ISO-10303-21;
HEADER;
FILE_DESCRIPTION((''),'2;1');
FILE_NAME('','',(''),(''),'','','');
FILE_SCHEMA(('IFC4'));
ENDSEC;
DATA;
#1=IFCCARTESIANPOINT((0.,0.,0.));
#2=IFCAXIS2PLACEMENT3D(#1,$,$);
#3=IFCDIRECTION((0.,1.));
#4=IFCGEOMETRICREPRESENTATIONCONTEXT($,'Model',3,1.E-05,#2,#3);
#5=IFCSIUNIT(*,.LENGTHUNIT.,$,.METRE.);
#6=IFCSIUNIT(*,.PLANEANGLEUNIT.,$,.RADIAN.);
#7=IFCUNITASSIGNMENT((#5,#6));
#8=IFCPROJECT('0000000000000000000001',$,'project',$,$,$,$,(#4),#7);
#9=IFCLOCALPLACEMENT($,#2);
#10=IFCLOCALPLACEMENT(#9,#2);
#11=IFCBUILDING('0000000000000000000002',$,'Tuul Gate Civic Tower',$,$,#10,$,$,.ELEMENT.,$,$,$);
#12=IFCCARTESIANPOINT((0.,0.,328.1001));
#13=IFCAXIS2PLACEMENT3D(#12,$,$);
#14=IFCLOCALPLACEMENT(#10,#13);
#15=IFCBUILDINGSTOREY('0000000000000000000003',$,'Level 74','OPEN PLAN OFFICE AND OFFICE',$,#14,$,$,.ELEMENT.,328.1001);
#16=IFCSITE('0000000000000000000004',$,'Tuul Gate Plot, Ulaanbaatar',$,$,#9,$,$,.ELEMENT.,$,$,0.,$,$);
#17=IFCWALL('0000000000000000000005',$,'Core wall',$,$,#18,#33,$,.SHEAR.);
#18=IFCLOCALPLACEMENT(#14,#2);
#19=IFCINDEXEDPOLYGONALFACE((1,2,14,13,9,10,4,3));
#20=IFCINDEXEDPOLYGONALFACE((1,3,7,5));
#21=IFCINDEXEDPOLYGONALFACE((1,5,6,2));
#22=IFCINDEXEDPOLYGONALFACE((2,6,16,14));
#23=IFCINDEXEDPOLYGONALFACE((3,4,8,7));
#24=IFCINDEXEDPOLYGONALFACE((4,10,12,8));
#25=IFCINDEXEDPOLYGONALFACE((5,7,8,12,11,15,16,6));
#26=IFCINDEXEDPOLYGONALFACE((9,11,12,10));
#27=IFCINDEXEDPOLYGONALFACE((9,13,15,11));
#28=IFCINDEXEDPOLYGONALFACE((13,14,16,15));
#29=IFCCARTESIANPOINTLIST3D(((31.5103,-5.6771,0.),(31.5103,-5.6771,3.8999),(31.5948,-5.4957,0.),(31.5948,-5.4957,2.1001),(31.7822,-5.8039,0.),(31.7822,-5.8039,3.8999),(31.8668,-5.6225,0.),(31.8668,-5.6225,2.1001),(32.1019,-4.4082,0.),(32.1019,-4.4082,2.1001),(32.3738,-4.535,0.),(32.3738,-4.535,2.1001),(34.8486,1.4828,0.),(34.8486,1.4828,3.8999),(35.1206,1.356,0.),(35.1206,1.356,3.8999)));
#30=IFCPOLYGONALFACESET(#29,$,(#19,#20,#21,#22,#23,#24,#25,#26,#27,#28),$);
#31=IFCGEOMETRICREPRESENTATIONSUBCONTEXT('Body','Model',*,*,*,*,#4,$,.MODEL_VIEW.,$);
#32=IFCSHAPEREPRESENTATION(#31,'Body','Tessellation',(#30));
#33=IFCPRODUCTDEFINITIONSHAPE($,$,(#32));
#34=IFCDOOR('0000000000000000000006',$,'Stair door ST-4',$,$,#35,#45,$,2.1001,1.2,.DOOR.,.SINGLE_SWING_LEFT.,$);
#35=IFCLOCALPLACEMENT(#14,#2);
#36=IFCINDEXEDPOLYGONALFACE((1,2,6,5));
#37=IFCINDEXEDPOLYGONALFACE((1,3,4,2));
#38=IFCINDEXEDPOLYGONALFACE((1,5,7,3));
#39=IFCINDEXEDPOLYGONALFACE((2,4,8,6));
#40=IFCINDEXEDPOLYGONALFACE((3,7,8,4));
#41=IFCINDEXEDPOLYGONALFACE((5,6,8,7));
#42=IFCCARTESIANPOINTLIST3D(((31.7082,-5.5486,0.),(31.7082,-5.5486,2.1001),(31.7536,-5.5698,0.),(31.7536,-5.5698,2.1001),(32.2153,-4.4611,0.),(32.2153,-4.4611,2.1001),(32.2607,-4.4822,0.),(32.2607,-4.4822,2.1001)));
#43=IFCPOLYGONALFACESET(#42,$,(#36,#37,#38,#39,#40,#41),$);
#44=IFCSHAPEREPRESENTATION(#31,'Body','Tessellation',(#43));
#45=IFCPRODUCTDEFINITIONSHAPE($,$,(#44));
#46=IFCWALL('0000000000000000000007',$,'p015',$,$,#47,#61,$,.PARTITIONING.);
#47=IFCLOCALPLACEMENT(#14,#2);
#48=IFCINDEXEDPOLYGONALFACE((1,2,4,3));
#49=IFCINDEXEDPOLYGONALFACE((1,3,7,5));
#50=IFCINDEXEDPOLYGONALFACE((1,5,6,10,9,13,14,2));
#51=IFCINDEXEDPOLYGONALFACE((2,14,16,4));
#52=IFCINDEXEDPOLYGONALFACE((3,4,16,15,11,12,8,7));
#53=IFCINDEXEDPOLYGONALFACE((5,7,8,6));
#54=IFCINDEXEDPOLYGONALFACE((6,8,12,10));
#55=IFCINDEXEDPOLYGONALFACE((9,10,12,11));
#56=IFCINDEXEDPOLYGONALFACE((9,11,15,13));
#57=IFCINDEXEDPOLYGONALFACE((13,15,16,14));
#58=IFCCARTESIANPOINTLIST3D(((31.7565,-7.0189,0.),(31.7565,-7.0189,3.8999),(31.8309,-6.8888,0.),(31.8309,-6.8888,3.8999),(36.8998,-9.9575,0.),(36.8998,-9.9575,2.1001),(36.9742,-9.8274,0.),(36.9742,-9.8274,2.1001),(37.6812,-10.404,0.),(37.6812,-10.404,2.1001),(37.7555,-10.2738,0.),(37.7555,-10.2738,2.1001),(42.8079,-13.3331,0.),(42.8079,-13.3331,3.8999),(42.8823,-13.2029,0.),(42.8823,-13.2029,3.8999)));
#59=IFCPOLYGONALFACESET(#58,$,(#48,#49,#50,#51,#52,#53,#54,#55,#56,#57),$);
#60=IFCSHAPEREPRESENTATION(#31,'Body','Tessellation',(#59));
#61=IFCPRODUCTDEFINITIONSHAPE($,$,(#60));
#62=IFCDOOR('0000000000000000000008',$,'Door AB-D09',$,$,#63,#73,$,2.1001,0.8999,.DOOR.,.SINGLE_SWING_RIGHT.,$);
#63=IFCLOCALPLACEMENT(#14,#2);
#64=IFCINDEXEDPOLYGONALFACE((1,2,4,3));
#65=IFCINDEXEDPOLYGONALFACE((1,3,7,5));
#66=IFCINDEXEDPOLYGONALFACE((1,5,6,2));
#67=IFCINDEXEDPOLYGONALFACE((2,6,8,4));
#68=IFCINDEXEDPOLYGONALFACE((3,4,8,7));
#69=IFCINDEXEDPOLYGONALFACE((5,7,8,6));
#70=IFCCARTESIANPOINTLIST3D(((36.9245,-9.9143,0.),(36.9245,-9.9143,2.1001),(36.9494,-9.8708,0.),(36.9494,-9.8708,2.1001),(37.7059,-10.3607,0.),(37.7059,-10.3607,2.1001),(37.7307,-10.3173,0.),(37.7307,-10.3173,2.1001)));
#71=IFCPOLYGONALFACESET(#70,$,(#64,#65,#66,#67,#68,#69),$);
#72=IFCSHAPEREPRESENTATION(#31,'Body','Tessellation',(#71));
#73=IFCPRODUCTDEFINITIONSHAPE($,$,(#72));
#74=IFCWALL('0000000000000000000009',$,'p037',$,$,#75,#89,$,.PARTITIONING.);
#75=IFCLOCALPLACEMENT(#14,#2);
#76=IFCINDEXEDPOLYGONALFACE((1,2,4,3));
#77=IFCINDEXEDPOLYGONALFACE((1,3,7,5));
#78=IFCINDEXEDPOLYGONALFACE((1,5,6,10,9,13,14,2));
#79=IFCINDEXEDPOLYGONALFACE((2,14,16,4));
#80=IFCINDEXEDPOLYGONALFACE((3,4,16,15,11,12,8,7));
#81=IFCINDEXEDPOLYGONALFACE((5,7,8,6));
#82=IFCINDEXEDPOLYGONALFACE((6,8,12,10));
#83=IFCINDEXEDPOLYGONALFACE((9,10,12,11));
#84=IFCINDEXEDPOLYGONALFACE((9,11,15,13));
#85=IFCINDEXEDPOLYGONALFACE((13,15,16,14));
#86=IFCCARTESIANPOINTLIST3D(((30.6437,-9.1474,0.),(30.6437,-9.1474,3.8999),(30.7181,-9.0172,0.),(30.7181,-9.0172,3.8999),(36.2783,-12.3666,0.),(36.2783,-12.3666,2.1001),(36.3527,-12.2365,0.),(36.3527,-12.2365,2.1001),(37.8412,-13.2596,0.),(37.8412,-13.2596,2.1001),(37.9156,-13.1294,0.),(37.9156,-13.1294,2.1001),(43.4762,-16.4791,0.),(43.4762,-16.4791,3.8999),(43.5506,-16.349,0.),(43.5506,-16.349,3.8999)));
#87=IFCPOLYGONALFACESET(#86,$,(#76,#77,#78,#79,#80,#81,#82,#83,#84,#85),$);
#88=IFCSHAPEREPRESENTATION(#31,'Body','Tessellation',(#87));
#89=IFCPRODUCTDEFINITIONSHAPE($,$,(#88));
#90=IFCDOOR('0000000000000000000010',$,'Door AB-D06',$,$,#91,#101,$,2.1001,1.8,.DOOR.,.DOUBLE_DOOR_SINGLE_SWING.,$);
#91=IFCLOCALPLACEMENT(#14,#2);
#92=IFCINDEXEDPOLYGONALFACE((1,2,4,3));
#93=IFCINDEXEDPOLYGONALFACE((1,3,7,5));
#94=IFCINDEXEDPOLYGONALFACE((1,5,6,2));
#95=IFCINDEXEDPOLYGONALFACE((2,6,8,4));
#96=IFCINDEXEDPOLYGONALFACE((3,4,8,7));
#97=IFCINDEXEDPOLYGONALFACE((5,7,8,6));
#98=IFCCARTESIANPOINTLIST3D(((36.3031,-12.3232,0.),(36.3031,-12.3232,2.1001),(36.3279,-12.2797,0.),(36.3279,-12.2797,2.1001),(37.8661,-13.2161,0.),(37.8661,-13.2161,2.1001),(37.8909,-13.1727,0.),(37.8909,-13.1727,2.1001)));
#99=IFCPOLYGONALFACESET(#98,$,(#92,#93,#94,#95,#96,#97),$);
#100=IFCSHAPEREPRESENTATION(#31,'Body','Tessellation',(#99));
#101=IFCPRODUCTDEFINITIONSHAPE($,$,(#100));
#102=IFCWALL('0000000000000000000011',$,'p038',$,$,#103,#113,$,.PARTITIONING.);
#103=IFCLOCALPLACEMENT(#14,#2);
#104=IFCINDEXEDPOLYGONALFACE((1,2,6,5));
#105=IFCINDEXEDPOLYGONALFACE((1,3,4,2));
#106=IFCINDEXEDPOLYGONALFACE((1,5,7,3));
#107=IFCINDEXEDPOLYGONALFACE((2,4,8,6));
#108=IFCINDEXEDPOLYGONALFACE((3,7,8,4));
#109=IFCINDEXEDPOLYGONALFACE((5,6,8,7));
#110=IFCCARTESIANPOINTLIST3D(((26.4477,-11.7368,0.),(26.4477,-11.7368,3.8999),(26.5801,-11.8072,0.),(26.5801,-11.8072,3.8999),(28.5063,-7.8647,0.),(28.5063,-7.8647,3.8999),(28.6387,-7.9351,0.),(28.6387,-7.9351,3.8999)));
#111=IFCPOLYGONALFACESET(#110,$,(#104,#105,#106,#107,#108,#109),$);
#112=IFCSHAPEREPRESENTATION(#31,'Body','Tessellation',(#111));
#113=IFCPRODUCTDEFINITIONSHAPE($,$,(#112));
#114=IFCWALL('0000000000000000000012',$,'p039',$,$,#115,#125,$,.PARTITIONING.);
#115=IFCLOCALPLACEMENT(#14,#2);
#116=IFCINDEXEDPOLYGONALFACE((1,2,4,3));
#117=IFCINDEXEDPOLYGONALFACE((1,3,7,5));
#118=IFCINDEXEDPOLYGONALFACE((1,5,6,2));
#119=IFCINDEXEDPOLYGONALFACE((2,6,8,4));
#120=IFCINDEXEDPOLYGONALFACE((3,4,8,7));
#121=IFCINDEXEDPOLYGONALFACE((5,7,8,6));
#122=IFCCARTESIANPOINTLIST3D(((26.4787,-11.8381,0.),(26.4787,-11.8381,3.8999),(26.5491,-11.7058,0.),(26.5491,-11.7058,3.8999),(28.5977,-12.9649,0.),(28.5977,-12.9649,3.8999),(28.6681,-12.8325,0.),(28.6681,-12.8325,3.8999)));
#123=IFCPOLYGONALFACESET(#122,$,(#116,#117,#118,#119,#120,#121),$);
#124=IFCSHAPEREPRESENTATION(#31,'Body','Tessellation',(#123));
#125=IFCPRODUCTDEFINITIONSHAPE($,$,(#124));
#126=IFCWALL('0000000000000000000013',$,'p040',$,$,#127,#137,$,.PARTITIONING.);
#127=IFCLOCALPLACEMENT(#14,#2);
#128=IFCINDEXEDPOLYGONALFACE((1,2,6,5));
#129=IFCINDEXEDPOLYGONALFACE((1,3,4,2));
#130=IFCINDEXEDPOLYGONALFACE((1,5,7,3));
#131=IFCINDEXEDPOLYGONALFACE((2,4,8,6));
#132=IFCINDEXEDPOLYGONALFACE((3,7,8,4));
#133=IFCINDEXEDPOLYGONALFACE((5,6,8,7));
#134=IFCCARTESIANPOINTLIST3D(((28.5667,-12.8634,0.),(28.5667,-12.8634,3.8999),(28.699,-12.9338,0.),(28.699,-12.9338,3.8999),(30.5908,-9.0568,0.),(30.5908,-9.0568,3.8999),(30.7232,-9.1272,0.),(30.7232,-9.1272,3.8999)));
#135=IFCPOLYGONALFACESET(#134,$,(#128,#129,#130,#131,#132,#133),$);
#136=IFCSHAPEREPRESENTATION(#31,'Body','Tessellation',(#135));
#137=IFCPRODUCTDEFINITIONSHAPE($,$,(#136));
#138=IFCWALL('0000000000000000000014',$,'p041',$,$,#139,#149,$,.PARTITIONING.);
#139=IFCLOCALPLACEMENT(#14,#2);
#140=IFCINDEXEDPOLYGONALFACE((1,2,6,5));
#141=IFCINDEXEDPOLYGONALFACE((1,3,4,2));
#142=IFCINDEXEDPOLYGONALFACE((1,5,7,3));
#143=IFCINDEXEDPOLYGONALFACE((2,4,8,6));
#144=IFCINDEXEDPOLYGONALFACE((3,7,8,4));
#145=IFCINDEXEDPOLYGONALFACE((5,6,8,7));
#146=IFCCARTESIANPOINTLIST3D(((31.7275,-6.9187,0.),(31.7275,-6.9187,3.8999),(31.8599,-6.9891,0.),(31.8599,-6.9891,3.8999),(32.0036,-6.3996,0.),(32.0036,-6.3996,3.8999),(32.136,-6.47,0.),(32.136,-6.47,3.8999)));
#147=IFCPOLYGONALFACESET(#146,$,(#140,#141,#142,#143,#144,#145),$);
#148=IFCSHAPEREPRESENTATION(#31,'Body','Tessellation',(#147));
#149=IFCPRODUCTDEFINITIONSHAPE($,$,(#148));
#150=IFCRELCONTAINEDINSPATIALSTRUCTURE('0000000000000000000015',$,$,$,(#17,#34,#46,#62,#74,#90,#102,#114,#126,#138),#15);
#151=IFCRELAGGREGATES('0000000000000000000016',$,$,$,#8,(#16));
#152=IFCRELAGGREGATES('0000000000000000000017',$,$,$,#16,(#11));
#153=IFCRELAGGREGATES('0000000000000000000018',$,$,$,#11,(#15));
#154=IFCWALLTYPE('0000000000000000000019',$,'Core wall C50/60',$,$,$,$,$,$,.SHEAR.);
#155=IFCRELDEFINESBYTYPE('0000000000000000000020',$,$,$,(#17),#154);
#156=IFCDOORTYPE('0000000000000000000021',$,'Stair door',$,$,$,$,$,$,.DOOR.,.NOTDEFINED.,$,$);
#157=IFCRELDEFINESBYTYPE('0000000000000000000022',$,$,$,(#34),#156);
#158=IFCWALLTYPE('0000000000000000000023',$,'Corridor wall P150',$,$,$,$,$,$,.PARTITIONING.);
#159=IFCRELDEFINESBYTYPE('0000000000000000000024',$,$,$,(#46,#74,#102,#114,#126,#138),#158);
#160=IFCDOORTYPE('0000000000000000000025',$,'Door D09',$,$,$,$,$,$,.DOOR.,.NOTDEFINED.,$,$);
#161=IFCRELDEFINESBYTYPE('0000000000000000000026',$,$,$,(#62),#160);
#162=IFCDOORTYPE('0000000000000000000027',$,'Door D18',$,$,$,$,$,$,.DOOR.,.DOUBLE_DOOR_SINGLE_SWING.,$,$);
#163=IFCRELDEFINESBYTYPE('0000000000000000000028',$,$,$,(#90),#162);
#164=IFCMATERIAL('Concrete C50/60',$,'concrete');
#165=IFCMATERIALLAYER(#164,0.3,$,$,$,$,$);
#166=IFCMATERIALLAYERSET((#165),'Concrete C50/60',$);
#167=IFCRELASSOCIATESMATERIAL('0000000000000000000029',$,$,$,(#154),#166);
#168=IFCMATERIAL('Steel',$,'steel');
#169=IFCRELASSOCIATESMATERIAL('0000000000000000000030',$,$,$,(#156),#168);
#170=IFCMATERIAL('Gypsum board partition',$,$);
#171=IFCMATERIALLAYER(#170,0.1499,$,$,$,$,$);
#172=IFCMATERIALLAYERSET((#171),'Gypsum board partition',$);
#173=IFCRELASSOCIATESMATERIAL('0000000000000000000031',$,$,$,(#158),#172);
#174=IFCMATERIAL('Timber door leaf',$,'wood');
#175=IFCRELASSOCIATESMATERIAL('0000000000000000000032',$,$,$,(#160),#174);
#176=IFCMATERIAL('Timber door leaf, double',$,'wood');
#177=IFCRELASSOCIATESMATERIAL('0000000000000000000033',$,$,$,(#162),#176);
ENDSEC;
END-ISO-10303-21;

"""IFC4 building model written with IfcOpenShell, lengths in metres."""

from ifc_helpers import new_model, si_unit, direction, frame, frame_2d, origin, place, context, subcontext, project, spatial, rectangle, extrude, material, layer, layer_set, type_object, element, fill, save


model = new_model("IFC4")

# Units and contexts
model_context = context("Model", 3, precision=1e-05, world=origin(), true_north=direction((0.0, 1.0)))
body_context = subcontext(model_context, "Body", "Model", "MODEL_VIEW")
ifc_project = project(units=[si_unit("LENGTHUNIT", "METRE"), si_unit("PLANEANGLEUNIT", "RADIAN")], contexts=[model_context])

# Site, building, storey
site_placement = place(None, origin())
site = spatial("IfcSite", under=ifc_project, at=site_placement, Name="Tuul Gate Plot, Ulaanbaatar", CompositionType="ELEMENT", RefElevation=0.0)
building_placement = place(site_placement, origin())
building = spatial("IfcBuilding", under=site, at=building_placement, Name="Tuul Gate Civic Tower", CompositionType="ELEMENT")
storey_placement = place(building_placement, frame((0.0, 0.0, 328.1001)))
storey = spatial("IfcBuildingStorey", under=building, at=storey_placement, Name="Level 74", Description="OPEN PLAN OFFICE AND OFFICE", CompositionType="ELEMENT", Elevation=328.1001)

# Walls, openings, doors
ifc_material_1 = material(Name="Concrete C50/60", Category="concrete")
ifc_layer_1 = layer(ifc_material_1, 0.3)
ifc_layer_set_1 = layer_set([ifc_layer_1], Name="Concrete C50/60")
wall_type_1 = type_object("IfcWallType", Name="Core wall C50/60", PredefinedType="SHEAR", material=ifc_layer_set_1)
wall_1_placement = place(storey_placement, frame((31.6462, -5.7405, 0.0), z_axis=(0.0, 0.0, 1.0), x_axis=(0.422583, 0.906324, 0.0)))
wall_1 = element("IfcWall", 1, at=wall_1_placement, inside=storey, type_object=wall_type_1, Name="Core wall", PredefinedType="SHEAR", context=body_context, shape_type="SweptSolid", body=[
    extrude(rectangle(XDim=7.8999, YDim=0.3, at=frame_2d((3.95, 0.0))), origin(), (0.0, 0.0, 1.0), 3.8999),
])
opening_1_placement = place(wall_1_placement, frame((0.2, 0.0, 0.0)))
opening_1 = element("IfcOpeningElement", 2, at=opening_1_placement, cuts=wall_1, PredefinedType="OPENING", context=body_context, shape_type="SweptSolid", body=[
    extrude(rectangle(XDim=1.2, YDim=2.1001, at=frame_2d((0.6001, 1.05))), frame((0.0, 0.1602, 0.0), z_axis=(0.0, -1.0, 0.0), x_axis=(1.0, 0.0, 0.0)), (0.0, 0.0, 1.0), 0.3201),
])
ifc_material_2 = material(Name="Steel", Category="steel")
door_type_1 = type_object("IfcDoorType", Name="Stair door", OperationType="NOTDEFINED", PredefinedType="DOOR", material=ifc_material_2)
door_1_placement = place(opening_1_placement, origin())
door_1 = element("IfcDoor", 3, at=door_1_placement, inside=storey, type_object=door_type_1, Name="Stair door ST-4", OperationType="SINGLE_SWING_LEFT", OverallHeight=2.1001, OverallWidth=1.2, PredefinedType="DOOR", context=body_context, shape_type="SweptSolid", body=[
    extrude(rectangle(XDim=1.2, YDim=2.1001, at=frame_2d((0.6001, 1.05))), frame((0.0, 0.0249, 0.0), z_axis=(0.0, -1.0, 0.0), x_axis=(1.0, 0.0, 0.0)), (0.0, 0.0, 1.0), 0.05),
])
fill(opening_1, door_1)
ifc_material_3 = material(Name="Gypsum board partition")
ifc_layer_2 = layer(ifc_material_3, 0.1499)
ifc_layer_set_2 = layer_set([ifc_layer_2], Name="Gypsum board partition")
wall_type_2 = type_object("IfcWallType", Name="Corridor wall P150", PredefinedType="PARTITIONING", material=ifc_layer_set_2)
wall_2_placement = place(storey_placement, frame((31.7937, -6.9539, 0.0), z_axis=(0.0, 0.0, 1.0), x_axis=(0.868275, -0.496083, 0.0)))
wall_2 = element("IfcWall", 4, at=wall_2_placement, inside=storey, type_object=wall_type_2, Name="p015", PredefinedType="PARTITIONING", context=body_context, shape_type="SweptSolid", body=[
    extrude(rectangle(XDim=12.728, YDim=0.1499, at=frame_2d((6.364, 0.0))), origin(), (0.0, 0.0, 1.0), 3.8999),
])
opening_2_placement = place(wall_2_placement, frame((5.9236, 0.0, 0.0)))
opening_2 = element("IfcOpeningElement", 5, at=opening_2_placement, cuts=wall_2, PredefinedType="OPENING", context=body_context, shape_type="SweptSolid", body=[
    extrude(rectangle(XDim=0.8999, YDim=2.1001, at=frame_2d((0.45, 1.05))), frame((0.0, 0.085, 0.0), z_axis=(0.0, -1.0, 0.0), x_axis=(1.0, 0.0, 0.0)), (0.0, 0.0, 1.0), 0.1699),
])
ifc_material_4 = material(Name="Timber door leaf", Category="wood")
door_type_2 = type_object("IfcDoorType", Name="Door D09", OperationType="NOTDEFINED", PredefinedType="DOOR", material=ifc_material_4)
door_2_placement = place(opening_2_placement, origin())
door_2 = element("IfcDoor", 6, at=door_2_placement, inside=storey, type_object=door_type_2, Name="Door AB-D09", OperationType="SINGLE_SWING_RIGHT", OverallHeight=2.1001, OverallWidth=0.8999, PredefinedType="DOOR", context=body_context, shape_type="SweptSolid", body=[
    extrude(rectangle(XDim=0.8999, YDim=2.1001, at=frame_2d((0.45, 1.05))), frame((0.0, 0.0249, 0.0), z_axis=(0.0, -1.0, 0.0), x_axis=(1.0, 0.0, 0.0)), (0.0, 0.0, 1.0), 0.05),
])
fill(opening_2, door_2)
wall_3_placement = place(storey_placement, frame((30.6809, -9.0823, 0.0), z_axis=(0.0, 0.0, 1.0), x_axis=(0.868275, -0.496084, 0.0)))
wall_3 = element("IfcWall", 7, at=wall_3_placement, inside=storey, type_object=wall_type_2, Name="p037", PredefinedType="PARTITIONING", context=body_context, shape_type="SweptSolid", body=[
    extrude(rectangle(XDim=14.7793, YDim=0.1499, at=frame_2d((7.3896, 0.0))), origin(), (0.0, 0.0, 1.0), 3.8999),
])
opening_3_placement = place(wall_3_placement, frame((6.4895, 0.0, 0.0)))
opening_3 = element("IfcOpeningElement", 8, at=opening_3_placement, cuts=wall_3, PredefinedType="OPENING", context=body_context, shape_type="SweptSolid", body=[
    extrude(rectangle(XDim=1.8, YDim=2.1001, at=frame_2d((0.8999, 1.05))), frame((0.0, 0.085, 0.0), z_axis=(0.0, -1.0, 0.0), x_axis=(1.0, 0.0, 0.0)), (0.0, 0.0, 1.0), 0.1699),
])
ifc_material_5 = material(Name="Timber door leaf, double", Category="wood")
door_type_3 = type_object("IfcDoorType", Name="Door D18", OperationType="DOUBLE_DOOR_SINGLE_SWING", PredefinedType="DOOR", material=ifc_material_5)
door_3_placement = place(opening_3_placement, frame((1.8, 0.0, 0.0), z_axis=(0.0, 0.0, 1.0), x_axis=(-1.0, 0.0, 0.0)))
door_3 = element("IfcDoor", 9, at=door_3_placement, inside=storey, type_object=door_type_3, Name="Door AB-D06", OperationType="DOUBLE_DOOR_SINGLE_SWING", OverallHeight=2.1001, OverallWidth=1.8, PredefinedType="DOOR", context=body_context, shape_type="SweptSolid", body=[
    extrude(rectangle(XDim=1.8, YDim=2.1001, at=frame_2d((0.9001, 1.05))), frame((0.0, 0.0249, 0.0), z_axis=(0.0, -1.0, 0.0), x_axis=(1.0, 0.0, 0.0)), (0.0, 0.0, 1.0), 0.05),
])
fill(opening_3, door_3)

# Walls
wall_4_placement = place(storey_placement, frame((26.5139, -11.772, 0.0), z_axis=(0.0, 0.0, 1.0), x_axis=(0.469432, 0.882969, 0.0)))
element("IfcWall", 10, at=wall_4_placement, inside=storey, type_object=wall_type_2, Name="p038", PredefinedType="PARTITIONING", context=body_context, shape_type="SweptSolid", body=[
    extrude(rectangle(XDim=4.3853, YDim=0.1499, at=frame_2d((2.1926, 0.0))), origin(), (0.0, 0.0, 1.0), 3.8999),
])
wall_5_placement = place(storey_placement, frame((26.5139, -11.772, 0.0), z_axis=(0.0, 0.0, 1.0), x_axis=(0.882935, -0.469495, 0.0)))
element("IfcWall", 11, at=wall_5_placement, inside=storey, type_object=wall_type_2, Name="p039", PredefinedType="PARTITIONING", context=body_context, shape_type="SweptSolid", body=[
    extrude(rectangle(XDim=2.3999, YDim=0.1499, at=frame_2d((1.2, 0.0))), origin(), (0.0, 0.0, 1.0), 3.8999),
])
wall_6_placement = place(storey_placement, frame((28.6328, -12.8987, 0.0), z_axis=(0.0, 0.0, 1.0), x_axis=(0.469497, 0.882934, 0.0)))
element("IfcWall", 12, at=wall_6_placement, inside=storey, type_object=wall_type_2, Name="p040", PredefinedType="PARTITIONING", context=body_context, shape_type="SweptSolid", body=[
    extrude(rectangle(XDim=4.3113, YDim=0.1499, at=frame_2d((2.1558, 0.0))), origin(), (0.0, 0.0, 1.0), 3.8999),
])
wall_7_placement = place(storey_placement, frame((31.7937, -6.9539, 0.0), z_axis=(0.0, 0.0, 1.0), x_axis=(0.469661, 0.882847, 0.0)))
element("IfcWall", 13, at=wall_7_placement, inside=storey, type_object=wall_type_2, Name="p041", PredefinedType="PARTITIONING", context=body_context, shape_type="SweptSolid", body=[
    extrude(rectangle(XDim=0.5879, YDim=0.1499, at=frame_2d((0.2939, 0.0))), origin(), (0.0, 0.0, 1.0), 3.8999),
])

save(model, "model.ifc")
